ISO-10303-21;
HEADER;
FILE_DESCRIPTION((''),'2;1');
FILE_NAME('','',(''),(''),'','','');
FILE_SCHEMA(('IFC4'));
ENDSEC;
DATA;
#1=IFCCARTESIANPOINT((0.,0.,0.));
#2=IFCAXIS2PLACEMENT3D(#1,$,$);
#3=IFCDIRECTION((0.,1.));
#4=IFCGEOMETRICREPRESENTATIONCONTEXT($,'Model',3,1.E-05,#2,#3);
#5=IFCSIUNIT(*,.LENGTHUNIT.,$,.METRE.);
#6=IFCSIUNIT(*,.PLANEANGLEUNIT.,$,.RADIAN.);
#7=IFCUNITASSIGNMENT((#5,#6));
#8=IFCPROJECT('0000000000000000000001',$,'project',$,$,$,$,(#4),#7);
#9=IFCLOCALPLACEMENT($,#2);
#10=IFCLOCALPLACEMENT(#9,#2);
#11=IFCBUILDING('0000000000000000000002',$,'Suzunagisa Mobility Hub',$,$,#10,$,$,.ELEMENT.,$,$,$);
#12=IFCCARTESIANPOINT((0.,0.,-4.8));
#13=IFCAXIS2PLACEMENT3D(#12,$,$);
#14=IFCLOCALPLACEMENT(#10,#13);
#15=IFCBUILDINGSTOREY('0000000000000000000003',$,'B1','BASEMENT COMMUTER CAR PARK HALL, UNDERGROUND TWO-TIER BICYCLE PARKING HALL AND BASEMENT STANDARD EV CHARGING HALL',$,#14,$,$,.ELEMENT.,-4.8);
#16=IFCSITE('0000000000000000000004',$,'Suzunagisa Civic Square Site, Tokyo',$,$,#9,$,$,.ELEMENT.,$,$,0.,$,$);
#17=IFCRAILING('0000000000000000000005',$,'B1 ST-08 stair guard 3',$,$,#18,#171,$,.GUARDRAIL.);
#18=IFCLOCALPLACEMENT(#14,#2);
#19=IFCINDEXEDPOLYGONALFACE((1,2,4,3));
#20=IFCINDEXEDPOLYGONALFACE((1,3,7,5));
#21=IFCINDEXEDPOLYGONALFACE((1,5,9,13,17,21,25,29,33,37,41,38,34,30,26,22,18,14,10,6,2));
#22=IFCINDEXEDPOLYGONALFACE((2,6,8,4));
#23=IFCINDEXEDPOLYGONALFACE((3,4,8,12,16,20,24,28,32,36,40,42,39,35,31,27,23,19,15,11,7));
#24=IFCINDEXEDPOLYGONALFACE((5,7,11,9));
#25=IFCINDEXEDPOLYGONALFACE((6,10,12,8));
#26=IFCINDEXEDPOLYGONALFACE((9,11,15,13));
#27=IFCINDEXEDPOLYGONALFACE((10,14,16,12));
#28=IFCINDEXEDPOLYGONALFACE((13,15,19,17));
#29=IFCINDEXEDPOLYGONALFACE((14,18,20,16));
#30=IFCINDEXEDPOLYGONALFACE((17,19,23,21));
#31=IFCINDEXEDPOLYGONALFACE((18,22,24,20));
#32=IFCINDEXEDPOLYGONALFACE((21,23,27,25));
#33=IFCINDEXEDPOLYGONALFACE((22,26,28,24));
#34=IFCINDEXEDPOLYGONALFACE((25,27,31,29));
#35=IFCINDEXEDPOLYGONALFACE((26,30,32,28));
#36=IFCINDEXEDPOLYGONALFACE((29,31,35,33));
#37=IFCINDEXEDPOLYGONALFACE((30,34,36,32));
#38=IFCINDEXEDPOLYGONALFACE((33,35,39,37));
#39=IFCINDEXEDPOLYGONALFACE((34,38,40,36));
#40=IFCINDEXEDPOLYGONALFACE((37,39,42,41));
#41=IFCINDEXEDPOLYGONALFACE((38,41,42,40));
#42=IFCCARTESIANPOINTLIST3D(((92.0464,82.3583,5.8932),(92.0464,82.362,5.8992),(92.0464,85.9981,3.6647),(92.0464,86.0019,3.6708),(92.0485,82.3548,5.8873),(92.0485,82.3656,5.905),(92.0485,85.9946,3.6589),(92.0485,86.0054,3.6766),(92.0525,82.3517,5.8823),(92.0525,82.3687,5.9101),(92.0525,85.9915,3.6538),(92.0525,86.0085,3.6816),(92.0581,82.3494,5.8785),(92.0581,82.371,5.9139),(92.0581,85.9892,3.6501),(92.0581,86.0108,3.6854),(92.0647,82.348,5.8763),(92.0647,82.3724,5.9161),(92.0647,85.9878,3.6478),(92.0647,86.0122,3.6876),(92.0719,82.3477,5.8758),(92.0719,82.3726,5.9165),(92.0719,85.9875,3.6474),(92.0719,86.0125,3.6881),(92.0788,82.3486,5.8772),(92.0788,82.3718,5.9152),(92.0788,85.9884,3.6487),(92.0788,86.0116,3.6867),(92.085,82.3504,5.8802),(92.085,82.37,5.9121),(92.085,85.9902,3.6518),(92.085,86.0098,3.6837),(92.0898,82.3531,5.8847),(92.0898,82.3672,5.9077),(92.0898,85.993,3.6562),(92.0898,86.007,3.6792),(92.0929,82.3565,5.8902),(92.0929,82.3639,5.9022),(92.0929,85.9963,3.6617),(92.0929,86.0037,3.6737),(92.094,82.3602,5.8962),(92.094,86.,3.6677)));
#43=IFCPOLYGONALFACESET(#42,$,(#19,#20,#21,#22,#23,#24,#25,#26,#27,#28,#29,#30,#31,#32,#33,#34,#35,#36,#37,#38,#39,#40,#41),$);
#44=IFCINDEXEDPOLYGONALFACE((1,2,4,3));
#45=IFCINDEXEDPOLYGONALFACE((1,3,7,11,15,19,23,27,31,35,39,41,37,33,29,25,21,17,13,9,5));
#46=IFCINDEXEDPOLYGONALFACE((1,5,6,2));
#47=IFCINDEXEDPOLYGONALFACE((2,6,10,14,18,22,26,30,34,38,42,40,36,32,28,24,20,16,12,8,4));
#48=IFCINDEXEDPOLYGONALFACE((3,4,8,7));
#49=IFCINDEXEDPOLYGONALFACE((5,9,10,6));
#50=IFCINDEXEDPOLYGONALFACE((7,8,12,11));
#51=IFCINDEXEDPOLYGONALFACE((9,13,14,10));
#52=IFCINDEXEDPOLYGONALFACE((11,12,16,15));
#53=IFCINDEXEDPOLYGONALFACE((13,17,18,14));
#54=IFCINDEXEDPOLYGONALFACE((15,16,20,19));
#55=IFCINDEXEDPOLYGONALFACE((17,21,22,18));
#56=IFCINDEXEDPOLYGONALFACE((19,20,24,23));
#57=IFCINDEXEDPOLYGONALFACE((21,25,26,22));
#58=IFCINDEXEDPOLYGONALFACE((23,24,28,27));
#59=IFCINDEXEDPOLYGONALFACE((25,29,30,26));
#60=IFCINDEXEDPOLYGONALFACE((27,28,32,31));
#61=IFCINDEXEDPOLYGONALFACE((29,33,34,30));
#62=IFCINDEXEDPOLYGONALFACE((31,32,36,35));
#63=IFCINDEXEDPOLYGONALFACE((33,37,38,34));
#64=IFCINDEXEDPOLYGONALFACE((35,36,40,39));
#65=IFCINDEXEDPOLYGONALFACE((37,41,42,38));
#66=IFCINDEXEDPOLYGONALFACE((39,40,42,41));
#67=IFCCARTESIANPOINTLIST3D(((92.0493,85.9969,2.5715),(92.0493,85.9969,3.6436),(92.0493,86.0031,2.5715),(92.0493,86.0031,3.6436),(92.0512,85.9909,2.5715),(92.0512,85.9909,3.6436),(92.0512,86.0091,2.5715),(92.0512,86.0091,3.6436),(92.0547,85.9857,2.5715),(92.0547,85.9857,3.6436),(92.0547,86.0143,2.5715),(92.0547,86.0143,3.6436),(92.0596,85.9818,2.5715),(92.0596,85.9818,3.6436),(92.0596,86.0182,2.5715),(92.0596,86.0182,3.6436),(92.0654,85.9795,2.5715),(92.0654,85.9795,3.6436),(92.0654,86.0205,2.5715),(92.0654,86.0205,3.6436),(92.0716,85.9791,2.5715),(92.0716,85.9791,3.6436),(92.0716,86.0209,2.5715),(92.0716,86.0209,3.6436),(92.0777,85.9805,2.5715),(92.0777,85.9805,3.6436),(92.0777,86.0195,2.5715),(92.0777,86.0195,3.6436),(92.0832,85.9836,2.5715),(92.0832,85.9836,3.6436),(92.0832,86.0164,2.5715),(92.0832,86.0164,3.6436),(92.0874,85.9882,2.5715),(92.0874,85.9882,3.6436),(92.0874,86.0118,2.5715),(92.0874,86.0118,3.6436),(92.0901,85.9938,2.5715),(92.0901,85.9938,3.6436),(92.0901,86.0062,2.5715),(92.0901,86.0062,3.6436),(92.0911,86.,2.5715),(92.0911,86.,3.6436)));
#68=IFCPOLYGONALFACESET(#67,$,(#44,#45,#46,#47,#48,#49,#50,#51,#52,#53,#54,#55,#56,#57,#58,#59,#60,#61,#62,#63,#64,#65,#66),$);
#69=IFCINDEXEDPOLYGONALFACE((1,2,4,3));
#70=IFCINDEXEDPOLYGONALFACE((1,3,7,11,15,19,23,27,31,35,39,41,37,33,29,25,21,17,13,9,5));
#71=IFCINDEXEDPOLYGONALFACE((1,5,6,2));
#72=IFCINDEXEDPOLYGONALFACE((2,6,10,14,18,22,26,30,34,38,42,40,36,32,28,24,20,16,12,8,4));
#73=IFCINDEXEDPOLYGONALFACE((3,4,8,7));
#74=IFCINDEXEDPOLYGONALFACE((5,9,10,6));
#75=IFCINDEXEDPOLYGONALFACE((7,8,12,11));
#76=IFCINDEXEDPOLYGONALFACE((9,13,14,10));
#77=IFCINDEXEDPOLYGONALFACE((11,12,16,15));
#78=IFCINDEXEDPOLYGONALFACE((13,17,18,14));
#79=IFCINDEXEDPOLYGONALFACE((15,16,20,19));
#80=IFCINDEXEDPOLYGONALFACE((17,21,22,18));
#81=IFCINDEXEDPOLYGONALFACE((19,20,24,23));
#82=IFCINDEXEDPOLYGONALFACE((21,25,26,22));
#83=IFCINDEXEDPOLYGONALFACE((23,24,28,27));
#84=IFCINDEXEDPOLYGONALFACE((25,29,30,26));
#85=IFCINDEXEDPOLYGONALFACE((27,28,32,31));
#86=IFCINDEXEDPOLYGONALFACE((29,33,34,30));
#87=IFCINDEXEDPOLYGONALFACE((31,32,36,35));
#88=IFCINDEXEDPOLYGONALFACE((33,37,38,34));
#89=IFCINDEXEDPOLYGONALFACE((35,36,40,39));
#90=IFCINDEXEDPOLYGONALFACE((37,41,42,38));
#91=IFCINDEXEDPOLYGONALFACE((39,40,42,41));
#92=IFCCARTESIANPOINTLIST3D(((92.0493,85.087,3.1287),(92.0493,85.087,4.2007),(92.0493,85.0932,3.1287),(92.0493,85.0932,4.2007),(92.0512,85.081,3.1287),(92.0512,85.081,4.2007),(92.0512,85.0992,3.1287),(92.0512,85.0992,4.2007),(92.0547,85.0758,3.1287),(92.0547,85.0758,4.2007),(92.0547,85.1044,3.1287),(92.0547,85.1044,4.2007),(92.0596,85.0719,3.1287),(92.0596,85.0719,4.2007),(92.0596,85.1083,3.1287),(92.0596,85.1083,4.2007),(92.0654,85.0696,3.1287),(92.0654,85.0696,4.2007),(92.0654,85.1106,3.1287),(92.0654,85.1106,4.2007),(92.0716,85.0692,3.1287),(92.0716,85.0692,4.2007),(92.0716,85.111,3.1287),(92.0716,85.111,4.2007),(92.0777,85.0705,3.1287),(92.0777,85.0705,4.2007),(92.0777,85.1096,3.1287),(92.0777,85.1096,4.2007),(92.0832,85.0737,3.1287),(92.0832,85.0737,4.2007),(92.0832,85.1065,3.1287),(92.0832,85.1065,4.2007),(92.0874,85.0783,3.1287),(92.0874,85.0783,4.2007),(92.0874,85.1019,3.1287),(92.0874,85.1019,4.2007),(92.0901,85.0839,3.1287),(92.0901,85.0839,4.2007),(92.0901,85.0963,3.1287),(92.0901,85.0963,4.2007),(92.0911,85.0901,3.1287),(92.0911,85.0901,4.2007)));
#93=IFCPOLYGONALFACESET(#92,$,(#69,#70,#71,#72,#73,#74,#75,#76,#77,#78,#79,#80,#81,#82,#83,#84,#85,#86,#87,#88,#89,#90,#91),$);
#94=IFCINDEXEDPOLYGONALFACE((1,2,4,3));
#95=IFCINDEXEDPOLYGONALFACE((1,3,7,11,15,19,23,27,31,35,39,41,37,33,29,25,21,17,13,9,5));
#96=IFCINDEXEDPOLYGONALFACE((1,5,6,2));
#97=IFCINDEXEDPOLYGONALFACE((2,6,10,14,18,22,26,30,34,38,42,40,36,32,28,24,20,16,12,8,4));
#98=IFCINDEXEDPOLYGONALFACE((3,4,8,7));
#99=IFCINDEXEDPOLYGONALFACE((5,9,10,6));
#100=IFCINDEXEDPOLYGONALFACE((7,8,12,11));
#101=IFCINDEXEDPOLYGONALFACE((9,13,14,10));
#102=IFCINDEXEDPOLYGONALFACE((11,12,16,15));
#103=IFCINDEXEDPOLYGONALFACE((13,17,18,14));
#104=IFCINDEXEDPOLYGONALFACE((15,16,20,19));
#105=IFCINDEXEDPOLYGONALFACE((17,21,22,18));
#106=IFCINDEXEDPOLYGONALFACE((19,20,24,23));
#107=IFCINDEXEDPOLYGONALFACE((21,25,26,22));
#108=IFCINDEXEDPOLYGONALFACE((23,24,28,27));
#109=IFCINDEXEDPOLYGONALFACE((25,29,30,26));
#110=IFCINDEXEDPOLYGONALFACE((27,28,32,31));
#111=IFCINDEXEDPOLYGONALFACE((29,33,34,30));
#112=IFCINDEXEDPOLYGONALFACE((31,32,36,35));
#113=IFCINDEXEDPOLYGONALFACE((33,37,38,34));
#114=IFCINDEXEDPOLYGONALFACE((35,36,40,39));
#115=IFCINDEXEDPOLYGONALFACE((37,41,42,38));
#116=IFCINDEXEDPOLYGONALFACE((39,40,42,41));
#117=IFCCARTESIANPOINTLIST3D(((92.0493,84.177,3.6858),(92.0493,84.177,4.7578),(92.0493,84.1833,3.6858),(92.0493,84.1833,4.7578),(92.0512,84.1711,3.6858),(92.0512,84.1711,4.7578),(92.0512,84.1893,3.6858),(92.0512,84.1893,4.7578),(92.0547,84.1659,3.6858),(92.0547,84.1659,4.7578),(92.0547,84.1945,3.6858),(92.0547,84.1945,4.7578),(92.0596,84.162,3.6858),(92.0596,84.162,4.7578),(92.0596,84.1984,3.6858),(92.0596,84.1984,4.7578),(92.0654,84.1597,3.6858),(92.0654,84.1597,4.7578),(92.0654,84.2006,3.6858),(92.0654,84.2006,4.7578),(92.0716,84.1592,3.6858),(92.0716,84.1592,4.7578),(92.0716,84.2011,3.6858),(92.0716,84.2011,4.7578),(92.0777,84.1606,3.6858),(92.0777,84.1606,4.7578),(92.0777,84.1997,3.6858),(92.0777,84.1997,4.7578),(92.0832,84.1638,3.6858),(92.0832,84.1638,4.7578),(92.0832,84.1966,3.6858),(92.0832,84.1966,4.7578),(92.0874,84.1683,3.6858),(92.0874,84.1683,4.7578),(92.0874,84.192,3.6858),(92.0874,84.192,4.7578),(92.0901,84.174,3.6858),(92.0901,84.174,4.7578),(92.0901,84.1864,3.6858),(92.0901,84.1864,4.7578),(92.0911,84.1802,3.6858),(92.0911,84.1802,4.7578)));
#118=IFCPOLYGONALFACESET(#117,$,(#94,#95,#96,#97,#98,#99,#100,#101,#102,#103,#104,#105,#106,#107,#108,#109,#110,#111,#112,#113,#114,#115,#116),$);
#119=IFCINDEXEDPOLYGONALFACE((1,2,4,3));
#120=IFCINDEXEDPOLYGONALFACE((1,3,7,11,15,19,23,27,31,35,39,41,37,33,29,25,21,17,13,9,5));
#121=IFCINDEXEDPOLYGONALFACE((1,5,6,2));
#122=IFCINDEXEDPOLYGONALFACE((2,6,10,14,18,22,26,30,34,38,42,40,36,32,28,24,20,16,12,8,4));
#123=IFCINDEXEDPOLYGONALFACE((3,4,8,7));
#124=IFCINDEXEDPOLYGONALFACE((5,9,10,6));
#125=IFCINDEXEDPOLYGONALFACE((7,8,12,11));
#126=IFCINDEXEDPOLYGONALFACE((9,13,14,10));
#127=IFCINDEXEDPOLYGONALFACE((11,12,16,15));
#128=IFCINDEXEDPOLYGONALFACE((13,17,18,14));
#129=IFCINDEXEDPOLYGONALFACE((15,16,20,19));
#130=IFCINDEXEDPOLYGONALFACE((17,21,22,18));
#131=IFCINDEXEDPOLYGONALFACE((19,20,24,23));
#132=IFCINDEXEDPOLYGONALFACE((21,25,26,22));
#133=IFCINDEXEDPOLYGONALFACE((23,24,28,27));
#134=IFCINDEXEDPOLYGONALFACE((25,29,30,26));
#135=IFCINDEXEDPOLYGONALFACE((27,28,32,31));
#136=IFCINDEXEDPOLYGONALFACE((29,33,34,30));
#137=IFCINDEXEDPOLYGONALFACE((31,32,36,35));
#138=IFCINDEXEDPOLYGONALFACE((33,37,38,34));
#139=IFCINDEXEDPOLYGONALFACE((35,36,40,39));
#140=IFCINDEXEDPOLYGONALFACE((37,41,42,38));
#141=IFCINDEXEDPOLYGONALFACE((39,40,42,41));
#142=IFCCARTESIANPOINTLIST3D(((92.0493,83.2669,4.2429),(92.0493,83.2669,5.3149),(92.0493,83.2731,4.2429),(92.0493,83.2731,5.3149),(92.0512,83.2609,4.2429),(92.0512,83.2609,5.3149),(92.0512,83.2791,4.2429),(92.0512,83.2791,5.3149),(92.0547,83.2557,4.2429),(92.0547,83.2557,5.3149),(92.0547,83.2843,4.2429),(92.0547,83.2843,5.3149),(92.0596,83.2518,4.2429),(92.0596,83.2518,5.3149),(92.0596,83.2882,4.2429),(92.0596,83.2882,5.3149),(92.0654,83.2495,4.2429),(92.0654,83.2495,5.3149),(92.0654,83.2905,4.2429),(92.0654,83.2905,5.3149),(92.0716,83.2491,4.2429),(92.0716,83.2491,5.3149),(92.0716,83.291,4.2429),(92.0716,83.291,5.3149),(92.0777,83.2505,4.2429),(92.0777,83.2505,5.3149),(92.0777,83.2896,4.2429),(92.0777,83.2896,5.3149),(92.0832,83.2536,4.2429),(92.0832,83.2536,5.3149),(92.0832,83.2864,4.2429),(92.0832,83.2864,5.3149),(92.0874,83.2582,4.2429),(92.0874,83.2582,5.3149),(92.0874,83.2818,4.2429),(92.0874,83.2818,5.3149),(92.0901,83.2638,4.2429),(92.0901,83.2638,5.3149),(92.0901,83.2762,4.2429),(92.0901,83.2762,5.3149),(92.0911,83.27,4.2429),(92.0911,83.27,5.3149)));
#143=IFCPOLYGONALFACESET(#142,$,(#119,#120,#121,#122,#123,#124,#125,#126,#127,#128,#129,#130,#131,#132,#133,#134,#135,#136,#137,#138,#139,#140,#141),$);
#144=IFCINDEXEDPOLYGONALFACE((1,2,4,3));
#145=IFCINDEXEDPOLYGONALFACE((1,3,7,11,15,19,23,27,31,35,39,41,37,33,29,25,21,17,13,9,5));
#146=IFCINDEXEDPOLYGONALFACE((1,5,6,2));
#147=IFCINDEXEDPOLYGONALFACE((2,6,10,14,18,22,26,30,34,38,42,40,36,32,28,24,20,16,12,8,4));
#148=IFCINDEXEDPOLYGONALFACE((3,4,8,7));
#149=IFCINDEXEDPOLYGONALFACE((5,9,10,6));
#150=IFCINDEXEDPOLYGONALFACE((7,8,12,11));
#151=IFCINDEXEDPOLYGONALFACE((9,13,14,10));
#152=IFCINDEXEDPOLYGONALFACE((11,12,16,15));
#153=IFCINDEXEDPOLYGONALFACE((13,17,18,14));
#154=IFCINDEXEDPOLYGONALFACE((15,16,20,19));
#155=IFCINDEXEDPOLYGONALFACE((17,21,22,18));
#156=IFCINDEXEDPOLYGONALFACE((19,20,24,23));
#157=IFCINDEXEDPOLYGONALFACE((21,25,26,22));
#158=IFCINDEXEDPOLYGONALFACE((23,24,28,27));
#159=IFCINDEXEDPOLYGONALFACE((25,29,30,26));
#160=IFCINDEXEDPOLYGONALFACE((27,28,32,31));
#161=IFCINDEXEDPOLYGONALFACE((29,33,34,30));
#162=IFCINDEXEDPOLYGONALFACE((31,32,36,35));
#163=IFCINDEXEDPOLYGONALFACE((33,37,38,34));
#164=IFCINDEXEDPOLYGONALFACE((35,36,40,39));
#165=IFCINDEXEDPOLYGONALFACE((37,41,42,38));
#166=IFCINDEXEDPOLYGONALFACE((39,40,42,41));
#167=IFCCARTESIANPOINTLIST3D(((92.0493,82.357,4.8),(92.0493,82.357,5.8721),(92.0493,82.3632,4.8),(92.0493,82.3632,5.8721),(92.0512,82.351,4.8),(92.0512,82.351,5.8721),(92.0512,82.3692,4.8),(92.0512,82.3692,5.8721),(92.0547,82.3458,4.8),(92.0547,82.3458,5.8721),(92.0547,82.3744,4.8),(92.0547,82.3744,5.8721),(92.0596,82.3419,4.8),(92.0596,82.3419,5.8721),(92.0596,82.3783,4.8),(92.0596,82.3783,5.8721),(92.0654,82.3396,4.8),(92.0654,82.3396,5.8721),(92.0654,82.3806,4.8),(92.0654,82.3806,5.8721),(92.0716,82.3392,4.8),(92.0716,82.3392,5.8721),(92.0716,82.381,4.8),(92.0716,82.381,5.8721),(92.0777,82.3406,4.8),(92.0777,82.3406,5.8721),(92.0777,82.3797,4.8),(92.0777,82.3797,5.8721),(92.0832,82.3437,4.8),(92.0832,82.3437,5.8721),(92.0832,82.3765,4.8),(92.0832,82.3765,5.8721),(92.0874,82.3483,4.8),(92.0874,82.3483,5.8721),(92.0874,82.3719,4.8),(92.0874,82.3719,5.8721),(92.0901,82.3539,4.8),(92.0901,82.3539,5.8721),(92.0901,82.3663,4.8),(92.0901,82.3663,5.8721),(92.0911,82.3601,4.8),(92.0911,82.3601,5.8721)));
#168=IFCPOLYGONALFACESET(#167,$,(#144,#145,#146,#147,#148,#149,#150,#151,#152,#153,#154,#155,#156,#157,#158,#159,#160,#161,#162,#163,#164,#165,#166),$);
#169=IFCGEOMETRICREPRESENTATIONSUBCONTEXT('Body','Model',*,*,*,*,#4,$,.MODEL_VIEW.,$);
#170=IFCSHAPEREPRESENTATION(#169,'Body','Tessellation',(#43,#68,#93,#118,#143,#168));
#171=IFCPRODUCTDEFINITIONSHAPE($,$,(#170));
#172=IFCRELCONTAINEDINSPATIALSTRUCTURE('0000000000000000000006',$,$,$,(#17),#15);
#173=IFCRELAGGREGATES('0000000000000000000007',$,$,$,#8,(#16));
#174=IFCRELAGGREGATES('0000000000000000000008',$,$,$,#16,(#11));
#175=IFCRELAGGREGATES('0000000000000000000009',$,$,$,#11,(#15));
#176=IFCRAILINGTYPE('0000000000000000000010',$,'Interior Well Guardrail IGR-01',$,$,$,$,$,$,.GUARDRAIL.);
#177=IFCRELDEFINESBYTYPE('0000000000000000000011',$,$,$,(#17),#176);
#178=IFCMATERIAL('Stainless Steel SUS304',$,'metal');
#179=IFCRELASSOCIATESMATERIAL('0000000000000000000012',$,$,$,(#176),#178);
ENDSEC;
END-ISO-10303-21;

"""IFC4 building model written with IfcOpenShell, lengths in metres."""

from ifc_helpers import new_model, si_unit, direction, frame, origin, origin_2d, place, context, subcontext, project, spatial, circle, extrude, material, type_object, element, save


model = new_model("IFC4")

# Units and contexts
model_context = context("Model", 3, precision=1e-05, world=origin(), true_north=direction((0.0, 1.0)))
body_context = subcontext(model_context, "Body", "Model", "MODEL_VIEW")
ifc_project = project(units=[si_unit("LENGTHUNIT", "METRE"), si_unit("PLANEANGLEUNIT", "RADIAN")], contexts=[model_context])

# Site, building, storey
site_placement = place(None, origin())
site = spatial("IfcSite", under=ifc_project, at=site_placement, Name="Suzunagisa Civic Square Site, Tokyo", CompositionType="ELEMENT", RefElevation=0.0)
building_placement = place(site_placement, origin())
building = spatial("IfcBuilding", under=site, at=building_placement, Name="Suzunagisa Mobility Hub", CompositionType="ELEMENT")
storey_placement = place(building_placement, frame((0.0, 0.0, -4.8)))
storey = spatial("IfcBuildingStorey", under=building, at=storey_placement, Name="B1", Description="BASEMENT COMMUTER CAR PARK HALL, UNDERGROUND TWO-TIER BICYCLE PARKING HALL AND BASEMENT STANDARD EV CHARGING HALL", CompositionType="ELEMENT", Elevation=-4.8)

# Railing
ifc_material_1 = material(Name="Stainless Steel SUS304", Category="metal")
railing_type_1 = type_object("IfcRailingType", Name="Interior Well Guardrail IGR-01", PredefinedType="GUARDRAIL", material=ifc_material_1)
railing_1_placement = place(storey_placement, frame((92.0701, 86.0, 2.5715)))
element("IfcRailing", 1, at=railing_1_placement, inside=storey, type_object=railing_type_1, Name="B1 ST-08 stair guard 3", PredefinedType="GUARDRAIL", context=body_context, shape_type="SweptSolid", body=[
    extrude(circle(Radius=0.0239, at=origin_2d()), frame((0.0, 0.0, 1.0962), z_axis=(0.0, -0.85285, 0.522156), x_axis=(1.0, 0.0, 0.0)), (0.0, 0.0, 1.0), 4.2678),
    extrude(circle(Radius=0.021, at=origin_2d()), origin(), (0.0, 0.0, 1.0), 1.072),
    extrude(circle(Radius=0.021, at=origin_2d()), frame((0.0, -0.9099, 0.5571)), (0.0, 0.0, 1.0), 1.072),
    extrude(circle(Radius=0.021, at=origin_2d()), frame((0.0, -1.8198, 1.1143)), (0.0, 0.0, 1.0), 1.072),
    extrude(circle(Radius=0.021, at=origin_2d()), frame((0.0, -2.73, 1.6714)), (0.0, 0.0, 1.0), 1.072),
    extrude(circle(Radius=0.021, at=origin_2d()), frame((0.0, -3.6399, 2.2285)), (0.0, 0.0, 1.0), 1.072),
])

save(model, "model.ifc")
